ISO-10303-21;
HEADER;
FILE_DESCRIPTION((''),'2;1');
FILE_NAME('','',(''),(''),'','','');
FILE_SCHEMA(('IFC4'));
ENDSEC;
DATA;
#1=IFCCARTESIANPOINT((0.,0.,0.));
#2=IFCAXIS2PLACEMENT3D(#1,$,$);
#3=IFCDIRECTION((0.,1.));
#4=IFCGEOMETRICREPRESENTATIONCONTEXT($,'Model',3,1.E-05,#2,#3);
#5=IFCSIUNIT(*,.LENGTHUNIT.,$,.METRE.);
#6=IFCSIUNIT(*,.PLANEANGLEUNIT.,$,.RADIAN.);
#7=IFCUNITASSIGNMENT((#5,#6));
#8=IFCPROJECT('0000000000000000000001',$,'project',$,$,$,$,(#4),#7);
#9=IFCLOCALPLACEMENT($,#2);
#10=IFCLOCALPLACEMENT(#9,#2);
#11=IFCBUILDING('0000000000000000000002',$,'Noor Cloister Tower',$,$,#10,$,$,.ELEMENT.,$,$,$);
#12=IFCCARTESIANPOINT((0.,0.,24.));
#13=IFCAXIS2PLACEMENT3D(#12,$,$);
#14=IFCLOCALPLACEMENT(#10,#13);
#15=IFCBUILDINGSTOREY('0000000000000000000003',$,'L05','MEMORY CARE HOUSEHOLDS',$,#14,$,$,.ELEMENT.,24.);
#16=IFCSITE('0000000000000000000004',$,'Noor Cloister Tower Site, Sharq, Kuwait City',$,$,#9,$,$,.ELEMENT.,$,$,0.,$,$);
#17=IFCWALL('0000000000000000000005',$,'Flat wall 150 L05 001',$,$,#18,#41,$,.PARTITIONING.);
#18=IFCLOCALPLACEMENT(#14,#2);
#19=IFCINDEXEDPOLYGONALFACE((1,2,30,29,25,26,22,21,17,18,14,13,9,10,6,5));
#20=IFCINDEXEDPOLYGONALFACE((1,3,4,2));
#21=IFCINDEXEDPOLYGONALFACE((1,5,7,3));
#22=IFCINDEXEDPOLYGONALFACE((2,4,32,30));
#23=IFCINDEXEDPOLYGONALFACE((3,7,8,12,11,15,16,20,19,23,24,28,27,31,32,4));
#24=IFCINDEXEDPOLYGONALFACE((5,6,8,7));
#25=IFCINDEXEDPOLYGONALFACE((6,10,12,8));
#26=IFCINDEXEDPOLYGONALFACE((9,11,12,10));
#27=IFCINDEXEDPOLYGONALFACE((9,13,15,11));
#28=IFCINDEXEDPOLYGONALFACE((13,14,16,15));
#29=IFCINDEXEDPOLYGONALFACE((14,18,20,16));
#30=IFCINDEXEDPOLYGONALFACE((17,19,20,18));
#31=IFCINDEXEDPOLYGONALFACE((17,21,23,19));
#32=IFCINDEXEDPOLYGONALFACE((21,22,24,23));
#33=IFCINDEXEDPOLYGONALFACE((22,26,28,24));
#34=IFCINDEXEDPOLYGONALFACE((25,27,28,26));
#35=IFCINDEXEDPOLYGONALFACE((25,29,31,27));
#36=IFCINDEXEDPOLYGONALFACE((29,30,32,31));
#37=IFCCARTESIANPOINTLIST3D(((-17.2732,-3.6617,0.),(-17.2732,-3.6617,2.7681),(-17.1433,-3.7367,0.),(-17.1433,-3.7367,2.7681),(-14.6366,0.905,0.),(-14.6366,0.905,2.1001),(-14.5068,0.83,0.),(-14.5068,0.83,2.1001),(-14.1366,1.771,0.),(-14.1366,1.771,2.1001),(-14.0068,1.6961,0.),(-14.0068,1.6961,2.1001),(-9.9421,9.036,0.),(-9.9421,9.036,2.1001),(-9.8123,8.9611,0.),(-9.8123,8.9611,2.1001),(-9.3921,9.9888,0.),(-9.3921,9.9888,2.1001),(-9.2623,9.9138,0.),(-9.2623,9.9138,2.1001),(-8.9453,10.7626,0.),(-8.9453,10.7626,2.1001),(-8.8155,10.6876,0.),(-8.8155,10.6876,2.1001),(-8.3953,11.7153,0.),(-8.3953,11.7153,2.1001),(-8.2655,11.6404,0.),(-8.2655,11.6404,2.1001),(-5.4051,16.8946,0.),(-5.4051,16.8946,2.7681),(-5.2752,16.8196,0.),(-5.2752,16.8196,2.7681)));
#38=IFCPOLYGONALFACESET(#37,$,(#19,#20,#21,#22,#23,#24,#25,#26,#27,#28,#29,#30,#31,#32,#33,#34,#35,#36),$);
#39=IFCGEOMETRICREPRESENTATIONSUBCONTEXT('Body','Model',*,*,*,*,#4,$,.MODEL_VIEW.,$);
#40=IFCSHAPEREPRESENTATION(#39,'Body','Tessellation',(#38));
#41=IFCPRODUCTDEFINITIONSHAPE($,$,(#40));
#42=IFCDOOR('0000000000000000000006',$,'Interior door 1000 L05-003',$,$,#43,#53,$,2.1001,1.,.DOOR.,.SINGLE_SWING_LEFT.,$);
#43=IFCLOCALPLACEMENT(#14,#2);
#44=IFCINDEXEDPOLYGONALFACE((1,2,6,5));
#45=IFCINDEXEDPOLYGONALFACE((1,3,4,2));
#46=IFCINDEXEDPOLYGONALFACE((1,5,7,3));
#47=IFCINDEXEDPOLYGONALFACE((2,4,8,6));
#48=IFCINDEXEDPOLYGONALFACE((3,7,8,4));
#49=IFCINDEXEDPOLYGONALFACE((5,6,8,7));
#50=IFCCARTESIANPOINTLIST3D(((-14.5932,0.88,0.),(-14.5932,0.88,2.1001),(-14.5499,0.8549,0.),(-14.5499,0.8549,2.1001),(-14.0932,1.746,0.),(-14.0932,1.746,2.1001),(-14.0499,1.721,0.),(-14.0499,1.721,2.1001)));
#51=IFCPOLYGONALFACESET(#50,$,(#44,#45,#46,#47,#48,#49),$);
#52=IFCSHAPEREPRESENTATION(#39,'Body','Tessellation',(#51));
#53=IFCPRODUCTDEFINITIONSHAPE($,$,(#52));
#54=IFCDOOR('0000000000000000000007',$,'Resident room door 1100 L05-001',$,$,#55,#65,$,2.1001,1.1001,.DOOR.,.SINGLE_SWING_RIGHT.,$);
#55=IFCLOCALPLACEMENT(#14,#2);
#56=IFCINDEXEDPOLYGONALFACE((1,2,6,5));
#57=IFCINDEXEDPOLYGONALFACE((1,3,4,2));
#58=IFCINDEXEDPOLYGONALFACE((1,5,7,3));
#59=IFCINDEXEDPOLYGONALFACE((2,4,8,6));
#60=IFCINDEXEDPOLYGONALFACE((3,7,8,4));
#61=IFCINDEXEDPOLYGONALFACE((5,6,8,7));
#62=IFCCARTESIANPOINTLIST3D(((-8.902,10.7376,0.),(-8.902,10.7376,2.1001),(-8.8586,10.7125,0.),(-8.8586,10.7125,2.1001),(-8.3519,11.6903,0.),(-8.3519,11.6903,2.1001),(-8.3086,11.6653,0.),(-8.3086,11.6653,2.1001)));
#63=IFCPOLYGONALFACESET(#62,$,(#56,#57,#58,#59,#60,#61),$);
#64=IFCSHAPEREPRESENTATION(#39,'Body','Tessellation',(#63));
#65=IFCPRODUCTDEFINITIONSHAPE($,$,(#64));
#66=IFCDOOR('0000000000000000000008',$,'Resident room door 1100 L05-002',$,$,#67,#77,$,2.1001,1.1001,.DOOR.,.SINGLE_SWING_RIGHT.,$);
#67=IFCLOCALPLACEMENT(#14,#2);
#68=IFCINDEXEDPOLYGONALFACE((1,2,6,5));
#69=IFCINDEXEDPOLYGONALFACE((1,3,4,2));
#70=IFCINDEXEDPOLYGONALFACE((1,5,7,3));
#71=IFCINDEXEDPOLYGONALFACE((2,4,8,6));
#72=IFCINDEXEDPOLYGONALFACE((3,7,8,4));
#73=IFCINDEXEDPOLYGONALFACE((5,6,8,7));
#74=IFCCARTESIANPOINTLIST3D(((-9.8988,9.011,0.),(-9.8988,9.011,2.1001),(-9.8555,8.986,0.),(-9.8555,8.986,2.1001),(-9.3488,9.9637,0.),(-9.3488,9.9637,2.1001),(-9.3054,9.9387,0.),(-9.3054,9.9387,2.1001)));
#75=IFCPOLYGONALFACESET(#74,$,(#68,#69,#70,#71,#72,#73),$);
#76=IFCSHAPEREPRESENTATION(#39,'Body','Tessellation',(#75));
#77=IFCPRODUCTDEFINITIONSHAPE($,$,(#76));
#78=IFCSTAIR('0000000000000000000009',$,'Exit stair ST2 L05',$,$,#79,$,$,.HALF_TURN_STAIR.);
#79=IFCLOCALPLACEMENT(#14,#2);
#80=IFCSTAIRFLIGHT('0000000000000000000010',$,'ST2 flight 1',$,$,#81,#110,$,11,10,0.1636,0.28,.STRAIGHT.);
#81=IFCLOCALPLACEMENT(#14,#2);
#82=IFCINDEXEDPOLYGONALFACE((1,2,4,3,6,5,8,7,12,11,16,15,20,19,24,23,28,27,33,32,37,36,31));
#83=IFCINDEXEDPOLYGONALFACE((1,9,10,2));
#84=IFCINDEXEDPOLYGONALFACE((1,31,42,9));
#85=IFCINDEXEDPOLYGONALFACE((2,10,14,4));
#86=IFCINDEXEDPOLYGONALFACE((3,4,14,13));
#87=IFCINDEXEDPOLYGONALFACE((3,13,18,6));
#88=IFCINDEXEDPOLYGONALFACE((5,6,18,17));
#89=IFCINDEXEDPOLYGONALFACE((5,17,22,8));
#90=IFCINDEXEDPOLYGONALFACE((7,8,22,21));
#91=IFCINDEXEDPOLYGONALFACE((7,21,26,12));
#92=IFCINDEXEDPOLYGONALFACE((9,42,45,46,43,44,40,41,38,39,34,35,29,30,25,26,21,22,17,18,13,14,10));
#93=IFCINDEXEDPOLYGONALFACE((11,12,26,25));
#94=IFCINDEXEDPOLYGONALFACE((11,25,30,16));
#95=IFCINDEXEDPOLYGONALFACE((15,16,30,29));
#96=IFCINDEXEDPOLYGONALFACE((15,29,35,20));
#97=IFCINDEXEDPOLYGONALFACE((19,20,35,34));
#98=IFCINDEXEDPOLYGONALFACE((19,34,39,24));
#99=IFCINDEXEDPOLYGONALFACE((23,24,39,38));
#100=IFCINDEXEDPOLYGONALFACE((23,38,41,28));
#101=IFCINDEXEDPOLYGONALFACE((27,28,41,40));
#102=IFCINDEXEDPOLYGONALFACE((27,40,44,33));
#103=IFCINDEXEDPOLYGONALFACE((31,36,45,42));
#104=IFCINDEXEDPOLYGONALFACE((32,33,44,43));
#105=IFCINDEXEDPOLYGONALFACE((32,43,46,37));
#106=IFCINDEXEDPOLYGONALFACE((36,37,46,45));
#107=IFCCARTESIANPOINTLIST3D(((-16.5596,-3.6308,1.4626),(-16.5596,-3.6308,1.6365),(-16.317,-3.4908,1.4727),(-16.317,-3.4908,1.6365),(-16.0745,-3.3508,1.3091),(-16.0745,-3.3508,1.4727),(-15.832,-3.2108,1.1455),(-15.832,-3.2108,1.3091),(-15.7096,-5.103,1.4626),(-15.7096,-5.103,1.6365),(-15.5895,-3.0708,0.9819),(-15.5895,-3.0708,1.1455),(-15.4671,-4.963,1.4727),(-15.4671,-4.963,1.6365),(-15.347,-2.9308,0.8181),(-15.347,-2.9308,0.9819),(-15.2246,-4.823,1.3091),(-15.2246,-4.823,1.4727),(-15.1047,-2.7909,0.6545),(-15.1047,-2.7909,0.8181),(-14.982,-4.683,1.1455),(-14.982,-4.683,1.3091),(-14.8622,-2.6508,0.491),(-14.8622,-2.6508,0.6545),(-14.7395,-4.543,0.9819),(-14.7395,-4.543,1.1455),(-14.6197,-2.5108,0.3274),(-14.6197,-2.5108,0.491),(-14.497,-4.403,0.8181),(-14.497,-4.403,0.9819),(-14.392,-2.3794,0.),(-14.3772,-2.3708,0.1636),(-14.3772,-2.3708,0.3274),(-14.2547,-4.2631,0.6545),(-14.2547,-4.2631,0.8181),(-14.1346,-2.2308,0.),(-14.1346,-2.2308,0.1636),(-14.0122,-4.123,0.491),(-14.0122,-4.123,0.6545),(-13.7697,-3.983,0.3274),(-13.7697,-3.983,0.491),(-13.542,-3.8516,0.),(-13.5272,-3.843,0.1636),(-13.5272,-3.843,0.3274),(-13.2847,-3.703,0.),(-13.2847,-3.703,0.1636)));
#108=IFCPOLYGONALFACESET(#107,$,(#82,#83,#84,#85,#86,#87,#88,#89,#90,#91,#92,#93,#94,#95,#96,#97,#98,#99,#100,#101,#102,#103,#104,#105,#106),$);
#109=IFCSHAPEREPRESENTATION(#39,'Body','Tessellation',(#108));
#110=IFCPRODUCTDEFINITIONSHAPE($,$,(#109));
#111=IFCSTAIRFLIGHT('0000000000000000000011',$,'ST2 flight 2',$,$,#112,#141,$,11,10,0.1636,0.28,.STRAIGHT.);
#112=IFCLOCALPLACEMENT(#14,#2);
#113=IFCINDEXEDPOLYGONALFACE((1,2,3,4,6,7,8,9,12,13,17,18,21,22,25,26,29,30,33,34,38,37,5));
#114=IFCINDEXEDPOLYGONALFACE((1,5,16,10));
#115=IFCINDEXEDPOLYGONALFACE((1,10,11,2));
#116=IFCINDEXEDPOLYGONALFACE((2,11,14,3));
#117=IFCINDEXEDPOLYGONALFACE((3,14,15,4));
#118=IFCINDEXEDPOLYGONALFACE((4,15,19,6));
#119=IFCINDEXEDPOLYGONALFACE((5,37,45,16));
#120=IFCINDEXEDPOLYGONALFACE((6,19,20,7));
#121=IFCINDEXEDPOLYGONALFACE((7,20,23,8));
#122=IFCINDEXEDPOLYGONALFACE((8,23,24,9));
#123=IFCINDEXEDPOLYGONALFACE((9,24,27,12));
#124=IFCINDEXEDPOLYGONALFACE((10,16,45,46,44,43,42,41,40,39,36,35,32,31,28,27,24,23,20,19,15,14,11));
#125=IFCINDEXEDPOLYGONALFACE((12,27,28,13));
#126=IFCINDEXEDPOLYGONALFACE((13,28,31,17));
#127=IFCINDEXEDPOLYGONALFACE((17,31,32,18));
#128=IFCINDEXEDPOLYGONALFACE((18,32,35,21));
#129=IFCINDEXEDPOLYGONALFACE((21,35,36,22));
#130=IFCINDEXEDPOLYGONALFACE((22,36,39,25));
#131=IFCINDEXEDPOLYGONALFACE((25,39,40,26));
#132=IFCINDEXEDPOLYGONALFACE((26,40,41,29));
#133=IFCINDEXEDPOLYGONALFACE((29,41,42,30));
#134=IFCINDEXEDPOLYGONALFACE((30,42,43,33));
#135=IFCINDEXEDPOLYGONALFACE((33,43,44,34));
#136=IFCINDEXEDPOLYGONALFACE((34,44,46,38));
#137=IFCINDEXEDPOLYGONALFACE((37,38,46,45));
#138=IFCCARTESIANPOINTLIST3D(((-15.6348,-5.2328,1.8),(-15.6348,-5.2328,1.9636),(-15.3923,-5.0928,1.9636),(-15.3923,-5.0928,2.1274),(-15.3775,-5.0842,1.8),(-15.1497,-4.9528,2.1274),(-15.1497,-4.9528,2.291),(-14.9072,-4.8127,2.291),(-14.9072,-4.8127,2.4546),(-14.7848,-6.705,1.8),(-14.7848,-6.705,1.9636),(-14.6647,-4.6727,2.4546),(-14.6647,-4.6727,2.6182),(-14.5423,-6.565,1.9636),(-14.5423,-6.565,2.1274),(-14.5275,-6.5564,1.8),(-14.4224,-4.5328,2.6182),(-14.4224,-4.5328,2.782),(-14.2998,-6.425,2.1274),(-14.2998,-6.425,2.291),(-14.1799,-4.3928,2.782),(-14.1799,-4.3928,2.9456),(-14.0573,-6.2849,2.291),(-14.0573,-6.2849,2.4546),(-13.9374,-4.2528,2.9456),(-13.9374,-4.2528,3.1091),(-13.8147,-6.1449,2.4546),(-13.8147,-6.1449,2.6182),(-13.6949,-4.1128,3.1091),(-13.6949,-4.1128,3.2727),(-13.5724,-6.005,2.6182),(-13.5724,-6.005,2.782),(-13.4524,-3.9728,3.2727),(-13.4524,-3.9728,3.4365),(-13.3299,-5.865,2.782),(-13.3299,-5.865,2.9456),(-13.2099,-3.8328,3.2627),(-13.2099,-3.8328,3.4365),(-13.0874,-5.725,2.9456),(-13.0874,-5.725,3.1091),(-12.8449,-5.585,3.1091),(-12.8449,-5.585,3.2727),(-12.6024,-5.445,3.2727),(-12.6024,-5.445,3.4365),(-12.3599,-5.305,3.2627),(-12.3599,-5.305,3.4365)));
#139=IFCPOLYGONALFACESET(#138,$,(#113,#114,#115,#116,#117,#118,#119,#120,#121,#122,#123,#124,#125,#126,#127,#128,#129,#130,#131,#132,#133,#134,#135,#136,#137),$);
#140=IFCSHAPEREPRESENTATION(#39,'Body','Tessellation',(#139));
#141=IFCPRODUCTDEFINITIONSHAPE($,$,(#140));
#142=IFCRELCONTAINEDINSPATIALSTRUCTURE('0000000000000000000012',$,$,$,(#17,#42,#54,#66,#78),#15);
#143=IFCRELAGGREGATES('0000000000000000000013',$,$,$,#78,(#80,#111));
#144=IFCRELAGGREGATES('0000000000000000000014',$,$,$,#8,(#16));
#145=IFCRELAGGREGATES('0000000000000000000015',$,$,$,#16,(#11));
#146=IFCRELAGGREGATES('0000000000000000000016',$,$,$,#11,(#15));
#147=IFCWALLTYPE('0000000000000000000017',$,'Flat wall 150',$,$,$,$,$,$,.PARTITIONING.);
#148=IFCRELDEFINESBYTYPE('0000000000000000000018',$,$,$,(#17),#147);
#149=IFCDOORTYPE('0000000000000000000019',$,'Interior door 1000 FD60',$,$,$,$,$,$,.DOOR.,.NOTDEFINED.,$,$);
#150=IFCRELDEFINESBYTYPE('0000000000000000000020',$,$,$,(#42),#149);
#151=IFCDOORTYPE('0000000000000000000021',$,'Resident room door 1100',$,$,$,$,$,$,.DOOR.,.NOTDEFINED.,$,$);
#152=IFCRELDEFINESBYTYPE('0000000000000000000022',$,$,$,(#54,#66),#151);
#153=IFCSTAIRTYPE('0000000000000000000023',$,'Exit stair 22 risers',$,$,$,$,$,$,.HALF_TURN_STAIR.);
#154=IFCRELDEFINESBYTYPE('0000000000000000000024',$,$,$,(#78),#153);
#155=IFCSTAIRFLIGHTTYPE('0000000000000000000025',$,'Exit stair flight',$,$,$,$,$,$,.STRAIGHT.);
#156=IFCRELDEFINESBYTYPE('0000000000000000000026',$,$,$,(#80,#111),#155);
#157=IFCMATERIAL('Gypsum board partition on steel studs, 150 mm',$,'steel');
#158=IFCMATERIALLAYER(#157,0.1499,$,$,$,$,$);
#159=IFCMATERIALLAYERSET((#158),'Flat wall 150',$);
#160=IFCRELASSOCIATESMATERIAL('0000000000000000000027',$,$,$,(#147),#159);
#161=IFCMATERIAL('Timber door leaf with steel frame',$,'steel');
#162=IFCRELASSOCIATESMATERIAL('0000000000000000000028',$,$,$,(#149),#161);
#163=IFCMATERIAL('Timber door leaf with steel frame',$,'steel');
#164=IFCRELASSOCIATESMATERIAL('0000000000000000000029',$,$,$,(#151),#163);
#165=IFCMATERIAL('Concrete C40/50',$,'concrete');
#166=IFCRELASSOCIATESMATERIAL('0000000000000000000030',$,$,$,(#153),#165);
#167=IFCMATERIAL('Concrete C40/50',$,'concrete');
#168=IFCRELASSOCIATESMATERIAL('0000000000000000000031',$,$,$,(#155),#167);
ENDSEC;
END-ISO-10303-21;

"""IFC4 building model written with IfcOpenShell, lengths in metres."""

from ifc_helpers import new_model, si_unit, direction, frame, frame_2d, origin, place, context, subcontext, project, spatial, polyline, rectangle, outline, extrude, material, layer, layer_set, type_object, element, fill, aggregate, save


model = new_model("IFC4")

# Units and contexts
model_context = context("Model", 3, precision=1e-05, world=origin(), true_north=direction((0.0, 1.0)))
body_context = subcontext(model_context, "Body", "Model", "MODEL_VIEW")
ifc_project = project(units=[si_unit("LENGTHUNIT", "METRE"), si_unit("PLANEANGLEUNIT", "RADIAN")], contexts=[model_context])

# Site, building, storey
site_placement = place(None, origin())
site = spatial("IfcSite", under=ifc_project, at=site_placement, Name="Noor Cloister Tower Site, Sharq, Kuwait City", CompositionType="ELEMENT", RefElevation=0.0)
building_placement = place(site_placement, origin())
building = spatial("IfcBuilding", under=site, at=building_placement, Name="Noor Cloister Tower", CompositionType="ELEMENT")
storey_placement = place(building_placement, frame((0.0, 0.0, 24.0)))
storey = spatial("IfcBuildingStorey", under=building, at=storey_placement, Name="L05", Description="MEMORY CARE HOUSEHOLDS", CompositionType="ELEMENT", Elevation=24.0)

# Wall, openings, doors
ifc_material_1 = material(Name="Gypsum board partition on steel studs, 150 mm", Category="steel")
ifc_layer_1 = layer(ifc_material_1, 0.1499)
ifc_layer_set_1 = layer_set([ifc_layer_1], Name="Flat wall 150")
wall_type = type_object("IfcWallType", Name="Flat wall 150", PredefinedType="PARTITIONING", material=ifc_layer_set_1)
wall_placement = place(storey_placement, frame((-17.2083, -3.6992, 0.0), z_axis=(0.0, 0.0, 1.0), x_axis=(0.499998, 0.866027, 0.0)))
wall = element("IfcWall", 1, at=wall_placement, inside=storey, type_object=wall_type, Name="Flat wall 150 L05 001", PredefinedType="PARTITIONING", context=body_context, shape_type="SweptSolid", body=[
    extrude(rectangle(XDim=23.7363, YDim=0.1499, at=frame_2d((11.8682, 0.0))), origin(), (0.0, 0.0, 1.0), 2.7681),
])
opening_1_placement = place(wall_placement, frame((16.6558, 0.0, 0.0)))
opening_1 = element("IfcOpeningElement", 2, at=opening_1_placement, cuts=wall, PredefinedType="OPENING", context=body_context, shape_type="SweptSolid", body=[
    extrude(rectangle(XDim=1.1001, YDim=2.1001, at=frame_2d((0.55, 1.05))), frame((0.0, 0.085, 0.0), z_axis=(0.0, -1.0, 0.0), x_axis=(1.0, 0.0, 0.0)), (0.0, 0.0, 1.0), 0.1699),
])
opening_2_placement = place(wall_placement, frame((14.6621, 0.0, 0.0)))
opening_2 = element("IfcOpeningElement", 3, at=opening_2_placement, cuts=wall, PredefinedType="OPENING", context=body_context, shape_type="SweptSolid", body=[
    extrude(rectangle(XDim=1.1001, YDim=2.1001, at=frame_2d((0.55, 1.05))), frame((0.0, 0.085, 0.0), z_axis=(0.0, -1.0, 0.0), x_axis=(1.0, 0.0, 0.0)), (0.0, 0.0, 1.0), 0.1699),
])
opening_3_placement = place(wall_placement, frame((5.2732, 0.0, 0.0)))
opening_3 = element("IfcOpeningElement", 4, at=opening_3_placement, cuts=wall, PredefinedType="OPENING", context=body_context, shape_type="SweptSolid", body=[
    extrude(rectangle(XDim=1.0, YDim=2.1001, at=frame_2d((0.5, 1.05))), frame((0.0, 0.085, 0.0), z_axis=(0.0, -1.0, 0.0), x_axis=(1.0, 0.0, 0.0)), (0.0, 0.0, 1.0), 0.1699),
])
ifc_material_2 = material(Name="Timber door leaf with steel frame", Category="steel")
door_type_1 = type_object("IfcDoorType", Name="Interior door 1000 FD60", OperationType="NOTDEFINED", PredefinedType="DOOR", material=ifc_material_2)
door_1_placement = place(opening_3_placement, origin())
door_1 = element("IfcDoor", 5, at=door_1_placement, inside=storey, type_object=door_type_1, Name="Interior door 1000 L05-003", OperationType="SINGLE_SWING_LEFT", OverallHeight=2.1001, OverallWidth=1.0, PredefinedType="DOOR", context=body_context, shape_type="SweptSolid", body=[
    extrude(rectangle(XDim=1.0, YDim=2.1001, at=frame_2d((0.5, 1.05))), frame((0.0, 0.0249, 0.0), z_axis=(0.0, -1.0, 0.0), x_axis=(1.0, 0.0, 0.0)), (0.0, 0.0, 1.0), 0.05),
])
fill(opening_3, door_1)
ifc_material_3 = material(Name="Timber door leaf with steel frame", Category="steel")
door_type_2 = type_object("IfcDoorType", Name="Resident room door 1100", OperationType="NOTDEFINED", PredefinedType="DOOR", material=ifc_material_3)
door_2_placement = place(opening_1_placement, origin())
door_2 = element("IfcDoor", 6, at=door_2_placement, inside=storey, type_object=door_type_2, Name="Resident room door 1100 L05-001", OperationType="SINGLE_SWING_RIGHT", OverallHeight=2.1001, OverallWidth=1.1001, PredefinedType="DOOR", context=body_context, shape_type="SweptSolid", body=[
    extrude(rectangle(XDim=1.1001, YDim=2.1001, at=frame_2d((0.55, 1.05))), frame((0.0, 0.0249, 0.0), z_axis=(0.0, -1.0, 0.0), x_axis=(1.0, 0.0, 0.0)), (0.0, 0.0, 1.0), 0.05),
])
fill(opening_1, door_2)
door_3_placement = place(opening_2_placement, origin())
door_3 = element("IfcDoor", 7, at=door_3_placement, inside=storey, type_object=door_type_2, Name="Resident room door 1100 L05-002", OperationType="SINGLE_SWING_RIGHT", OverallHeight=2.1001, OverallWidth=1.1001, PredefinedType="DOOR", context=body_context, shape_type="SweptSolid", body=[
    extrude(rectangle(XDim=1.1001, YDim=2.1001, at=frame_2d((0.55, 1.05))), frame((0.0, 0.0249, 0.0), z_axis=(0.0, -1.0, 0.0), x_axis=(1.0, 0.0, 0.0)), (0.0, 0.0, 1.0), 0.05),
])
fill(opening_2, door_3)

# Stair, stair flights
ifc_material_4 = material(Name="Concrete C40/50", Category="concrete")
stair_type = type_object("IfcStairType", Name="Exit stair 22 risers", PredefinedType="HALF_TURN_STAIR", material=ifc_material_4)
stair_placement = place(storey_placement, origin())
stair = element("IfcStair", 8, at=stair_placement, inside=storey, type_object=stair_type, Name="Exit stair ST2 L05", PredefinedType="HALF_TURN_STAIR")
ifc_material_5 = material(Name="Concrete C40/50", Category="concrete")
stair_flight_type = type_object("IfcStairFlightType", Name="Exit stair flight", PredefinedType="STRAIGHT", material=ifc_material_5)
stair_flight_1_placement = place(storey_placement, frame((-13.7097, -2.9668, 0.0), z_axis=(0.0, 0.0, 1.0), x_axis=(-0.866025, -0.5, 0.0)))
stair_flight_1 = element("IfcStairFlight", 9, at=stair_flight_1_placement, type_object=stair_flight_type, Name="ST2 flight 1", NumberOfRisers=11, NumberOfTreads=10, PredefinedType="STRAIGHT", RiserHeight=0.1636, TreadLength=0.28, context=body_context, shape_type="SweptSolid", body=[
    extrude(outline(polyline([(0.0, 0.0), (0.0, 0.1636), (0.28, 0.1636), (0.28, 0.3274), (0.5601, 0.3274), (0.5601, 0.491), (0.8401, 0.491), (0.8401, 0.6545), (1.1201, 0.6545), (1.1201, 0.8181), (1.3999, 0.8181), (1.3999, 0.9819), (1.6799, 0.9819), (1.6799, 1.1455), (1.96, 1.1455), (1.96, 1.3091), (2.24, 1.3091), (2.24, 1.4727), (2.52, 1.4727), (2.52, 1.6365), (2.8, 1.6365), (2.8, 1.8), (2.8, 1.4626), (0.2971, 0.0), (0.0, 0.0)])), frame((0.0, 0.8501, 0.0), z_axis=(0.0, -1.0, 0.0), x_axis=(1.0, 0.0, 0.0)), (0.0, 0.0, 1.0), 1.7),
])
stair_flight_2_placement = place(storey_placement, frame((-15.2097, -5.969, 1.8), z_axis=(0.0, 0.0, 1.0), x_axis=(0.866025, 0.5, 0.0)))
stair_flight_2 = element("IfcStairFlight", 10, at=stair_flight_2_placement, type_object=stair_flight_type, Name="ST2 flight 2", NumberOfRisers=11, NumberOfTreads=10, PredefinedType="STRAIGHT", RiserHeight=0.1636, TreadLength=0.28, context=body_context, shape_type="SweptSolid", body=[
    extrude(outline(polyline([(0.0, 0.0), (0.0, 0.1636), (0.28, 0.1636), (0.28, 0.3274), (0.5601, 0.3274), (0.5601, 0.491), (0.8401, 0.491), (0.8401, 0.6545), (1.1201, 0.6545), (1.1201, 0.8181), (1.3999, 0.8181), (1.3999, 0.9819), (1.6799, 0.9819), (1.6799, 1.1455), (1.96, 1.1455), (1.96, 1.3091), (2.24, 1.3091), (2.24, 1.4727), (2.52, 1.4727), (2.52, 1.6365), (2.8, 1.6365), (2.8, 1.8), (2.8, 1.4626), (0.2971, 0.0), (0.0, 0.0)])), frame((0.0, 0.8501, 0.0), z_axis=(0.0, -1.0, 0.0), x_axis=(1.0, 0.0, 0.0)), (0.0, 0.0, 1.0), 1.7),
])
aggregate(stair, [stair_flight_1, stair_flight_2])

save(model, "model.ifc")
